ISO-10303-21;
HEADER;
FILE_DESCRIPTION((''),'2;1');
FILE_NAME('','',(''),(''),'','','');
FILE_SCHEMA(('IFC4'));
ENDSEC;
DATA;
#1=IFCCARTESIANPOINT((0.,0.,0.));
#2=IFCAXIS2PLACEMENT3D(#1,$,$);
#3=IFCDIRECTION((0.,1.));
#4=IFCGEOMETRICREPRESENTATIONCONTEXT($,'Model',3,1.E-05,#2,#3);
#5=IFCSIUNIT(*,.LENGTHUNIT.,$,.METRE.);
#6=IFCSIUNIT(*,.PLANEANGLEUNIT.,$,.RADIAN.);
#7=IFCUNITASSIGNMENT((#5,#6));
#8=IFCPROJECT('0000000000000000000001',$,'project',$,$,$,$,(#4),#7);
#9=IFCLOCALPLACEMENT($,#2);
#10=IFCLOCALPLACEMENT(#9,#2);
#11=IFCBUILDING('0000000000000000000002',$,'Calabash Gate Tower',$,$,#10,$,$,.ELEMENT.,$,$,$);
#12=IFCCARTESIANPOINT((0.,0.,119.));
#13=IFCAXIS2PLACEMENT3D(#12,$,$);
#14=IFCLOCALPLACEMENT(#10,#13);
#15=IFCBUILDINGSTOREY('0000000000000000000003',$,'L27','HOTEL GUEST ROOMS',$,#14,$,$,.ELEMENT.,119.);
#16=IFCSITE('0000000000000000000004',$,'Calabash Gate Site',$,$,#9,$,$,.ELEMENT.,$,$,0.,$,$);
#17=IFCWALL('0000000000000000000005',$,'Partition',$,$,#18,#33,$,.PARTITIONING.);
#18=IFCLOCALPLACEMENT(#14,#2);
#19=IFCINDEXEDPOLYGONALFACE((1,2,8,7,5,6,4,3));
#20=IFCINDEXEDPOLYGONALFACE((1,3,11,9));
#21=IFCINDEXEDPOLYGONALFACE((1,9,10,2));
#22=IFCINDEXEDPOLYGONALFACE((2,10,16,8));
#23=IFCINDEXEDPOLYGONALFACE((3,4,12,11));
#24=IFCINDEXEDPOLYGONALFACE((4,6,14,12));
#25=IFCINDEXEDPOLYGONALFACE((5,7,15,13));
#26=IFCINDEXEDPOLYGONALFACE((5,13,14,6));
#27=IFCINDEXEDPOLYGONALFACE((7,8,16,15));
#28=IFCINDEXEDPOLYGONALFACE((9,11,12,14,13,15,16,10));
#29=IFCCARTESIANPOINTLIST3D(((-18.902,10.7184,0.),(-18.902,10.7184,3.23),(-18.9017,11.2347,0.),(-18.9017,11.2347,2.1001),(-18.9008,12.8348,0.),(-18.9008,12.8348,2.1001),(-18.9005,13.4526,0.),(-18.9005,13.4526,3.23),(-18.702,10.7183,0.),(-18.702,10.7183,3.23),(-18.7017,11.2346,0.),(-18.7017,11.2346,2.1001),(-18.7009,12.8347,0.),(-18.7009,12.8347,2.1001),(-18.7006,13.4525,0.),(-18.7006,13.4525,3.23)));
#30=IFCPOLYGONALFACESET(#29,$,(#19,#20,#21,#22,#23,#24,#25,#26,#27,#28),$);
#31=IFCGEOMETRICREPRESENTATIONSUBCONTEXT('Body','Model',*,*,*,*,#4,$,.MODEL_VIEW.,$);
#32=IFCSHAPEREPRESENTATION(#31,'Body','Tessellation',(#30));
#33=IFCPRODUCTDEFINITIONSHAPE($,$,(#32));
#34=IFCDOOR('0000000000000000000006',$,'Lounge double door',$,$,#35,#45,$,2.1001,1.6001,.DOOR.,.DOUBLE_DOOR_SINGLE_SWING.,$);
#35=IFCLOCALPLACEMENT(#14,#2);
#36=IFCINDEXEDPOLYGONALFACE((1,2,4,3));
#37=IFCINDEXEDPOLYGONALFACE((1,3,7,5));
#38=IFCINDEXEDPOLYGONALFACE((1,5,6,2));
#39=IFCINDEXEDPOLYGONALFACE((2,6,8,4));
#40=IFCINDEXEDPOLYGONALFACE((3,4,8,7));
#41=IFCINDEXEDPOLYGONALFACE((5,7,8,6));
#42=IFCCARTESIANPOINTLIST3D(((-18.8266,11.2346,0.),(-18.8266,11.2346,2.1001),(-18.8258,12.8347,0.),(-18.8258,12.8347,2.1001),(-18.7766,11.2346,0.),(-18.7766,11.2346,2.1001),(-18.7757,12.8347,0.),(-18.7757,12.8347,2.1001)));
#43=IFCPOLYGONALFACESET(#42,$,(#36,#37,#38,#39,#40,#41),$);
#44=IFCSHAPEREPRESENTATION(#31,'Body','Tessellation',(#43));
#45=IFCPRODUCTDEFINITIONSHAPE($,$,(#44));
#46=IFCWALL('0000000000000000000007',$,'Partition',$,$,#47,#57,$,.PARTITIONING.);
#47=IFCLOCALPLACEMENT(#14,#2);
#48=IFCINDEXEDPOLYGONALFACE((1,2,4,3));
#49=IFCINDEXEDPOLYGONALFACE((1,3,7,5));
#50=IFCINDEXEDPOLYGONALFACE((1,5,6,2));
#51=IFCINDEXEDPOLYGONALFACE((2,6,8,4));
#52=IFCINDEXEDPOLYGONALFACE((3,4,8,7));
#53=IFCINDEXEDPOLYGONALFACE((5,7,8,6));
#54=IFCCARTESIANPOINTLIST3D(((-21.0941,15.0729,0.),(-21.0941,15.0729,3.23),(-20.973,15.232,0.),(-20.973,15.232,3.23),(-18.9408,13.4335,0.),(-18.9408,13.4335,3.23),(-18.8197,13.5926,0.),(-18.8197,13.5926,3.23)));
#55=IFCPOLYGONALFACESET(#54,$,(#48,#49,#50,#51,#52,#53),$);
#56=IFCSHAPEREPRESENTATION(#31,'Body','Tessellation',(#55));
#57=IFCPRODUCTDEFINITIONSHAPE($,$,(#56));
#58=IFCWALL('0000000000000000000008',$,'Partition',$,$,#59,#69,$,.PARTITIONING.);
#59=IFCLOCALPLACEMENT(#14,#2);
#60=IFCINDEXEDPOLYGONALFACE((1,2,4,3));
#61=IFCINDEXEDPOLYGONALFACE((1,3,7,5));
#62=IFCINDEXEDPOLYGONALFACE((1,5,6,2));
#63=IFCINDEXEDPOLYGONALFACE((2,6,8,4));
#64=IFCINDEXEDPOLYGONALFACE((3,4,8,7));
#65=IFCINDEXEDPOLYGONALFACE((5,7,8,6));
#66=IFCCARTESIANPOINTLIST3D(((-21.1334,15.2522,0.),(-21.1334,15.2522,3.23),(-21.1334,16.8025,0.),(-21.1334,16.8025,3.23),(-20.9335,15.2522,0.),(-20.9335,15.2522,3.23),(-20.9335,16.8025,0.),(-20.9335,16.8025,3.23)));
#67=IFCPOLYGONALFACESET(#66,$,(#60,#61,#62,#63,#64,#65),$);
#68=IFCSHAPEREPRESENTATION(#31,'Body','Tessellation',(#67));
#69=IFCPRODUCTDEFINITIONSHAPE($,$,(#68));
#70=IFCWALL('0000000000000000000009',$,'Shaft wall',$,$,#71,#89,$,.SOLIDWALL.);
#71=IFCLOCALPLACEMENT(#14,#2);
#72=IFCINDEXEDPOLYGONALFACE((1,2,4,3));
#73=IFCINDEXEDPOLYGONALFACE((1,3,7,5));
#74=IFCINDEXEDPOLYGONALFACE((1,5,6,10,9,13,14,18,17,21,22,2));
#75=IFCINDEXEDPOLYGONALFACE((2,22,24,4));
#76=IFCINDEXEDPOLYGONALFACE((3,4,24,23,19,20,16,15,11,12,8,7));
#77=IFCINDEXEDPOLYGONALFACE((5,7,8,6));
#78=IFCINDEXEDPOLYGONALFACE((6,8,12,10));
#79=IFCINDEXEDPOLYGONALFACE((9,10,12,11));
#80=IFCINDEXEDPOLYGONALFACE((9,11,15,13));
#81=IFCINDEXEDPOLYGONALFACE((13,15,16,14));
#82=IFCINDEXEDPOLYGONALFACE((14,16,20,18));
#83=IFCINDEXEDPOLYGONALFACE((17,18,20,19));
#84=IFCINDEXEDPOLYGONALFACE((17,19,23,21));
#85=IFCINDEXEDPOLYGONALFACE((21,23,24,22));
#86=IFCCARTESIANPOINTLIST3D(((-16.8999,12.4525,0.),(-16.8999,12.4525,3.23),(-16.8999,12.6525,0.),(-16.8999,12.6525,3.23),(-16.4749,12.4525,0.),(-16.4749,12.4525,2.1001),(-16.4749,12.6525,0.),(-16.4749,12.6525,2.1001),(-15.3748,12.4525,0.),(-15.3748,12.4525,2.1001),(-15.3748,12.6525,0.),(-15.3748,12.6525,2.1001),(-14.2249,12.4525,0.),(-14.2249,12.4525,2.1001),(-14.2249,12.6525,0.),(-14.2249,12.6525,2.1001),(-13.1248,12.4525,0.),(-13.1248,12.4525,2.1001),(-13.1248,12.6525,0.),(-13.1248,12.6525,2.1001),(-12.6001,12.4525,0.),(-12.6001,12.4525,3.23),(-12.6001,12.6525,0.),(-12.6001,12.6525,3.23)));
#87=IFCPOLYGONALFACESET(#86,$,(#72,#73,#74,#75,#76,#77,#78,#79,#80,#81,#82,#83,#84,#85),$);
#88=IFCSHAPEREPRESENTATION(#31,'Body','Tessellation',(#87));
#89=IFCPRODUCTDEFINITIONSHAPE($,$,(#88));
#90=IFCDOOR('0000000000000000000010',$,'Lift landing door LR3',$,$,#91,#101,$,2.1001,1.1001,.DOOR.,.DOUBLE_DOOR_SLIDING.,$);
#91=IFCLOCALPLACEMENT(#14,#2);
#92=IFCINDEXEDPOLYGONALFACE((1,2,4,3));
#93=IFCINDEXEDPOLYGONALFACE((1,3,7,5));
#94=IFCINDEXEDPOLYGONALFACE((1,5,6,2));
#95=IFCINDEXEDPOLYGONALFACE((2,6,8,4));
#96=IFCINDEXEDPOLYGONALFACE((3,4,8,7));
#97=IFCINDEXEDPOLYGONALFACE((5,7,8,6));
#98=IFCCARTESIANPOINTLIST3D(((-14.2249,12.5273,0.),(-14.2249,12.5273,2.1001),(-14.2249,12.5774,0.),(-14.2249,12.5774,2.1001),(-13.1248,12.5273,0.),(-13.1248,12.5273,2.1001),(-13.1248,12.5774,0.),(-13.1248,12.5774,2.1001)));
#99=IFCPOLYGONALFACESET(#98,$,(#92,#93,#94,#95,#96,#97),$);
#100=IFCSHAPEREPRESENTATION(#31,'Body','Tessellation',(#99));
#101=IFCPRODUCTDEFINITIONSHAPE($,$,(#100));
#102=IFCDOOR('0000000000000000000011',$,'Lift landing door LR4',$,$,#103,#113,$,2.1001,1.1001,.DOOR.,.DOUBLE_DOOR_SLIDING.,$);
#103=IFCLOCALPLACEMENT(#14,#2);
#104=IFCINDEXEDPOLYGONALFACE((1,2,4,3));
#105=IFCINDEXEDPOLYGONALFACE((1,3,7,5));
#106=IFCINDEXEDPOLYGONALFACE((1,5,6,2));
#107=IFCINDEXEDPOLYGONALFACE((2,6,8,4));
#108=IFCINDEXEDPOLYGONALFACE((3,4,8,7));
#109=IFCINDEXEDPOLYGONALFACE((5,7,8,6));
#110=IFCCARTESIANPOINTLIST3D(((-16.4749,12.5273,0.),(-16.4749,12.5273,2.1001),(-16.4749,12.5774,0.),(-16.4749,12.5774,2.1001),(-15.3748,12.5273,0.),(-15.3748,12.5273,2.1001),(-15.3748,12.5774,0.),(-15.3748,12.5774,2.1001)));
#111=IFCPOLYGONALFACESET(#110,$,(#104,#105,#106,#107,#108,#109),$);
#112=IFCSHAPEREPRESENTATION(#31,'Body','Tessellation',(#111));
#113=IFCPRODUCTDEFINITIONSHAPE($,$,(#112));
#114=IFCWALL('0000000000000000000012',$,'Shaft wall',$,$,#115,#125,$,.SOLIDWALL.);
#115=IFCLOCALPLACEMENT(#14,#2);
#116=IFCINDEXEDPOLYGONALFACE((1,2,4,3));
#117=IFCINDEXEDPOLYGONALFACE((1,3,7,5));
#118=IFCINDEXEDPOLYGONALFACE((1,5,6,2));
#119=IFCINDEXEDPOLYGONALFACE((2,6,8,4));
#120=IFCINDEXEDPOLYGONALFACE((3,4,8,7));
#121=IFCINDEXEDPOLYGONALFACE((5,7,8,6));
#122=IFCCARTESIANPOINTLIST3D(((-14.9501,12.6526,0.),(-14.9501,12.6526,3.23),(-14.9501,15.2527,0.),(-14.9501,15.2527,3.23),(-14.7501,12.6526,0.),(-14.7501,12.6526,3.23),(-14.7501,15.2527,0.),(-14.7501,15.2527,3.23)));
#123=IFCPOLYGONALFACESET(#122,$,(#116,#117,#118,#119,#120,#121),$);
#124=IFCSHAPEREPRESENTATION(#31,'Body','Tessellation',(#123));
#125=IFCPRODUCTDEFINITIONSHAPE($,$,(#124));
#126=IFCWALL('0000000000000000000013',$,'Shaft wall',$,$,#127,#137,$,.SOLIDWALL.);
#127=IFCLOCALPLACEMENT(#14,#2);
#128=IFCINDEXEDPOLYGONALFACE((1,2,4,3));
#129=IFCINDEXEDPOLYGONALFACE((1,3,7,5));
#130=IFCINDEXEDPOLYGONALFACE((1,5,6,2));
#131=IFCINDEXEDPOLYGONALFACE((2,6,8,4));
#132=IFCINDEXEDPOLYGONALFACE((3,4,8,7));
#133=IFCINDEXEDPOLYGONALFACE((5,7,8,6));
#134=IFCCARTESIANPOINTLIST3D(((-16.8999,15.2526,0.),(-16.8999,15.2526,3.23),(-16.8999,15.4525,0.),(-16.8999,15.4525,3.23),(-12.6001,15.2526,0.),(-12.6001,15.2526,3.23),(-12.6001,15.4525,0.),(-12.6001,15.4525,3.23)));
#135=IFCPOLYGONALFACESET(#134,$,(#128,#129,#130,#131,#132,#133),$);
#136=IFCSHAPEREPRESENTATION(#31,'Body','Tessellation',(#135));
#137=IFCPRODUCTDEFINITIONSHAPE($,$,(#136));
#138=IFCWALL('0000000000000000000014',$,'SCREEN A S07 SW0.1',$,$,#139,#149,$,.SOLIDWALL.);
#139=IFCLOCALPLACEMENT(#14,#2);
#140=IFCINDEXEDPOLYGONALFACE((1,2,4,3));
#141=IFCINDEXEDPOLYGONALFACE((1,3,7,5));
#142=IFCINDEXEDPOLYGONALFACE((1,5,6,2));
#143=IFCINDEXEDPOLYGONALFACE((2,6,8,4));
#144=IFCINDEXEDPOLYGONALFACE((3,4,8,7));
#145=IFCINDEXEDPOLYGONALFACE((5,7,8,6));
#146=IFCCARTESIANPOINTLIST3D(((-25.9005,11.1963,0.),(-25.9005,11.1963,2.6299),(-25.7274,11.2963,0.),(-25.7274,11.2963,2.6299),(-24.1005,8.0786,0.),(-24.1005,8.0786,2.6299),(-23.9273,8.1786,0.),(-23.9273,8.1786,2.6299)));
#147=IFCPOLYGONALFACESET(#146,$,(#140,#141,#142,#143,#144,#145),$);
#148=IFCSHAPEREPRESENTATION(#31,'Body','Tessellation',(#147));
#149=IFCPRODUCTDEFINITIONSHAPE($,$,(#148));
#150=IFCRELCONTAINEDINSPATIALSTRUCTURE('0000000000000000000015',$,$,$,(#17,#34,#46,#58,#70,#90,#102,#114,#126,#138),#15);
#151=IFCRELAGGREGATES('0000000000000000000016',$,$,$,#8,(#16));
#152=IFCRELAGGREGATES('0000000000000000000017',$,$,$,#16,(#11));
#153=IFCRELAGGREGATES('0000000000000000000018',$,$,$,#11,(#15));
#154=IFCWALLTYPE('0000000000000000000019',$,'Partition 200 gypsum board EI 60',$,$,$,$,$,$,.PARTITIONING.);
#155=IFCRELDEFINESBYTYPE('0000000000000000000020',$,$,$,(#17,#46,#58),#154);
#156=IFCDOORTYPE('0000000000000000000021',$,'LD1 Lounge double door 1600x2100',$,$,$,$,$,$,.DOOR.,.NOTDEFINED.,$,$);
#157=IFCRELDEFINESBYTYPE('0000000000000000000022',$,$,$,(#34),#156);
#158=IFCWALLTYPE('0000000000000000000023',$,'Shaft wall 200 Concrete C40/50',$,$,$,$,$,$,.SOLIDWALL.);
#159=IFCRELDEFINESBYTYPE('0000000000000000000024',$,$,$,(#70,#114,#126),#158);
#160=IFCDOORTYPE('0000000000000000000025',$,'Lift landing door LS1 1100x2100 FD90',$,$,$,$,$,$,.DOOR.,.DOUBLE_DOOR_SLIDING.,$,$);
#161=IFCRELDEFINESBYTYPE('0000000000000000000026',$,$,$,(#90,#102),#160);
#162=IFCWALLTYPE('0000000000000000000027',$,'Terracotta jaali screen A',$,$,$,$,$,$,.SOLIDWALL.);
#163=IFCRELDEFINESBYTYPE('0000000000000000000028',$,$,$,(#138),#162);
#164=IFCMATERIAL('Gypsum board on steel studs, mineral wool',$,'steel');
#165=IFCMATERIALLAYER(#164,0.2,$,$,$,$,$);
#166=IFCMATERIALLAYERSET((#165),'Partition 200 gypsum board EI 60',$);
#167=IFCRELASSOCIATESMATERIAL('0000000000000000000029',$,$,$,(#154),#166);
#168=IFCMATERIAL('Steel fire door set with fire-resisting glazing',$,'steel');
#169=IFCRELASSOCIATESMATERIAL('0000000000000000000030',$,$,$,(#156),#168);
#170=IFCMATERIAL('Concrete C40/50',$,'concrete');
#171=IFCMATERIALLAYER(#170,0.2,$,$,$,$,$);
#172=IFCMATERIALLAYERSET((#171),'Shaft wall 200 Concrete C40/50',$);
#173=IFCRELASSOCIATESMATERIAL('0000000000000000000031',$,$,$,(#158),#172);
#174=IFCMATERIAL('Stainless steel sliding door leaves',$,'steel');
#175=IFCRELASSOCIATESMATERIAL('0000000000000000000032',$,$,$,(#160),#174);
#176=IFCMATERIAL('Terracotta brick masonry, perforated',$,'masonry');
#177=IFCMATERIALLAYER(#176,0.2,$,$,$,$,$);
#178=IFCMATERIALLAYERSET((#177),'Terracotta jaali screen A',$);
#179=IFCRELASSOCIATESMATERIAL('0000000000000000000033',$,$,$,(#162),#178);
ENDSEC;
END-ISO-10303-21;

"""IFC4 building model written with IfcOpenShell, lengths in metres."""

from ifc_helpers import new_model, si_unit, direction, frame, frame_2d, origin, place, context, subcontext, project, spatial, rectangle, extrude, material, layer, layer_set, type_object, element, fill, save


model = new_model("IFC4")

# Units and contexts
model_context = context("Model", 3, precision=1e-05, world=origin(), true_north=direction((0.0, 1.0)))
body_context = subcontext(model_context, "Body", "Model", "MODEL_VIEW")
ifc_project = project(units=[si_unit("LENGTHUNIT", "METRE"), si_unit("PLANEANGLEUNIT", "RADIAN")], contexts=[model_context])

# Site, building, storey
site_placement = place(None, origin())
site = spatial("IfcSite", under=ifc_project, at=site_placement, Name="Calabash Gate Site", CompositionType="ELEMENT", RefElevation=0.0)
building_placement = place(site_placement, origin())
building = spatial("IfcBuilding", under=site, at=building_placement, Name="Calabash Gate Tower", CompositionType="ELEMENT")
storey_placement = place(building_placement, frame((0.0, 0.0, 119.0)))
storey = spatial("IfcBuildingStorey", under=building, at=storey_placement, Name="L27", Description="HOTEL GUEST ROOMS", CompositionType="ELEMENT", Elevation=119.0)

# Shared definitions
ifc_material_1 = material(Name="Gypsum board on steel studs, mineral wool", Category="steel")
ifc_layer_1 = layer(ifc_material_1, 0.2)
ifc_layer_set_1 = layer_set([ifc_layer_1], Name="Partition 200 gypsum board EI 60")
wall_type_1 = type_object("IfcWallType", Name="Partition 200 gypsum board EI 60", PredefinedType="PARTITIONING", material=ifc_layer_set_1)

# Wall, opening, door
wall_1_placement = place(storey_placement, frame((-18.802, 10.7183, 0.0), z_axis=(0.0, 0.0, 1.0), x_axis=(0.000536, 1.0, 0.0)))
wall_1 = element("IfcWall", 1, at=wall_1_placement, inside=storey, type_object=wall_type_1, Name="Partition", PredefinedType="PARTITIONING", context=body_context, shape_type="SweptSolid", body=[
    extrude(rectangle(XDim=2.7341, YDim=0.2, at=frame_2d((1.3672, 0.0))), origin(), (0.0, 0.0, 1.0), 3.23),
])
opening_1_placement = place(wall_1_placement, frame((0.5164, 0.0, 0.0)))
opening_1 = element("IfcOpeningElement", 2, at=opening_1_placement, cuts=wall_1, PredefinedType="OPENING", context=body_context, shape_type="SweptSolid", body=[
    extrude(rectangle(XDim=1.6001, YDim=2.1001, at=frame_2d((0.8, 1.05))), frame((0.0, 0.1099, 0.0), z_axis=(0.0, -1.0, 0.0), x_axis=(1.0, 0.0, 0.0)), (0.0, 0.0, 1.0), 0.22),
])
ifc_material_2 = material(Name="Steel fire door set with fire-resisting glazing", Category="steel")
door_type_1 = type_object("IfcDoorType", Name="LD1 Lounge double door 1600x2100", OperationType="NOTDEFINED", PredefinedType="DOOR", material=ifc_material_2)
door_1_placement = place(opening_1_placement, origin())
door_1 = element("IfcDoor", 3, at=door_1_placement, inside=storey, type_object=door_type_1, Name="Lounge double door", OperationType="DOUBLE_DOOR_SINGLE_SWING", OverallHeight=2.1001, OverallWidth=1.6001, PredefinedType="DOOR", context=body_context, shape_type="SweptSolid", body=[
    extrude(rectangle(XDim=1.6001, YDim=2.1001, at=frame_2d((0.8, 1.05))), frame((0.0, 0.0249, 0.0), z_axis=(0.0, -1.0, 0.0), x_axis=(1.0, 0.0, 0.0)), (0.0, 0.0, 1.0), 0.05),
])
fill(opening_1, door_1)

# Walls
wall_2_placement = place(storey_placement, frame((-21.0334, 15.1523, 0.0), z_axis=(0.0, 0.0, 1.0), x_axis=(0.795649, -0.605758, 0.0)))
element("IfcWall", 4, at=wall_2_placement, inside=storey, type_object=wall_type_1, Name="Partition", PredefinedType="PARTITIONING", context=body_context, shape_type="SweptSolid", body=[
    extrude(rectangle(XDim=2.7063, YDim=0.2, at=frame_2d((1.353, 0.0))), origin(), (0.0, 0.0, 1.0), 3.23),
])
wall_3_placement = place(storey_placement, frame((-21.0334, 16.8025, 0.0), z_axis=(0.0, 0.0, 1.0), x_axis=(0.0, -1.0, 0.0)))
element("IfcWall", 5, at=wall_3_placement, inside=storey, type_object=wall_type_1, Name="Partition", PredefinedType="PARTITIONING", context=body_context, shape_type="SweptSolid", body=[
    extrude(rectangle(XDim=1.5503, YDim=0.2, at=frame_2d((0.7751, 0.0))), origin(), (0.0, 0.0, 1.0), 3.23),
])

# Wall, openings, doors
ifc_material_3 = material(Name="Concrete C40/50", Category="concrete")
ifc_layer_2 = layer(ifc_material_3, 0.2)
ifc_layer_set_2 = layer_set([ifc_layer_2], Name="Shaft wall 200 Concrete C40/50")
wall_type_2 = type_object("IfcWallType", Name="Shaft wall 200 Concrete C40/50", PredefinedType="SOLIDWALL", material=ifc_layer_set_2)
wall_4_placement = place(storey_placement, frame((-16.8999, 12.5525, 0.0), z_axis=(0.0, 0.0, 1.0), x_axis=(1.0, 0.0, 0.0)))
wall_4 = element("IfcWall", 6, at=wall_4_placement, inside=storey, type_object=wall_type_2, Name="Shaft wall", PredefinedType="SOLIDWALL", context=body_context, shape_type="SweptSolid", body=[
    extrude(rectangle(XDim=4.2998, YDim=0.2, at=frame_2d((2.1499, 0.0))), origin(), (0.0, 0.0, 1.0), 3.23),
])
opening_2_placement = place(wall_4_placement, frame((2.675, 0.0, 0.0)))
opening_2 = element("IfcOpeningElement", 7, at=opening_2_placement, cuts=wall_4, PredefinedType="OPENING", context=body_context, shape_type="SweptSolid", body=[
    extrude(rectangle(XDim=1.1001, YDim=2.1001, at=frame_2d((0.55, 1.05))), frame((0.0, 0.1099, 0.0), z_axis=(0.0, -1.0, 0.0), x_axis=(1.0, 0.0, 0.0)), (0.0, 0.0, 1.0), 0.22),
])
opening_3_placement = place(wall_4_placement, frame((0.425, 0.0, 0.0)))
opening_3 = element("IfcOpeningElement", 8, at=opening_3_placement, cuts=wall_4, PredefinedType="OPENING", context=body_context, shape_type="SweptSolid", body=[
    extrude(rectangle(XDim=1.1001, YDim=2.1001, at=frame_2d((0.55, 1.05))), frame((0.0, 0.1099, 0.0), z_axis=(0.0, -1.0, 0.0), x_axis=(1.0, 0.0, 0.0)), (0.0, 0.0, 1.0), 0.22),
])
ifc_material_4 = material(Name="Stainless steel sliding door leaves", Category="steel")
door_type_2 = type_object("IfcDoorType", Name="Lift landing door LS1 1100x2100 FD90", OperationType="DOUBLE_DOOR_SLIDING", PredefinedType="DOOR", material=ifc_material_4)
door_2_placement = place(opening_2_placement, origin())
door_2 = element("IfcDoor", 9, at=door_2_placement, inside=storey, type_object=door_type_2, Name="Lift landing door LR3", OperationType="DOUBLE_DOOR_SLIDING", OverallHeight=2.1001, OverallWidth=1.1001, PredefinedType="DOOR", context=body_context, shape_type="SweptSolid", body=[
    extrude(rectangle(XDim=1.1001, YDim=2.1001, at=frame_2d((0.55, 1.05))), frame((0.0, 0.0249, 0.0), z_axis=(0.0, -1.0, 0.0), x_axis=(1.0, 0.0, 0.0)), (0.0, 0.0, 1.0), 0.05),
])
fill(opening_2, door_2)
door_3_placement = place(opening_3_placement, origin())
door_3 = element("IfcDoor", 10, at=door_3_placement, inside=storey, type_object=door_type_2, Name="Lift landing door LR4", OperationType="DOUBLE_DOOR_SLIDING", OverallHeight=2.1001, OverallWidth=1.1001, PredefinedType="DOOR", context=body_context, shape_type="SweptSolid", body=[
    extrude(rectangle(XDim=1.1001, YDim=2.1001, at=frame_2d((0.55, 1.05))), frame((0.0, 0.0249, 0.0), z_axis=(0.0, -1.0, 0.0), x_axis=(1.0, 0.0, 0.0)), (0.0, 0.0, 1.0), 0.05),
])
fill(opening_3, door_3)

# Walls
wall_5_placement = place(storey_placement, frame((-14.8501, 12.6526, 0.0), z_axis=(0.0, 0.0, 1.0), x_axis=(0.0, 1.0, 0.0)))
element("IfcWall", 11, at=wall_5_placement, inside=storey, type_object=wall_type_2, Name="Shaft wall", PredefinedType="SOLIDWALL", context=body_context, shape_type="SweptSolid", body=[
    extrude(rectangle(XDim=2.6001, YDim=0.2, at=frame_2d((1.3, 0.0))), origin(), (0.0, 0.0, 1.0), 3.23),
])
wall_6_placement = place(storey_placement, frame((-16.8999, 15.3525, 0.0), z_axis=(0.0, 0.0, 1.0), x_axis=(1.0, 0.0, 0.0)))
element("IfcWall", 12, at=wall_6_placement, inside=storey, type_object=wall_type_2, Name="Shaft wall", PredefinedType="SOLIDWALL", context=body_context, shape_type="SweptSolid", body=[
    extrude(rectangle(XDim=4.2998, YDim=0.2, at=frame_2d((2.1499, 0.0))), origin(), (0.0, 0.0, 1.0), 3.23),
])
ifc_material_5 = material(Name="Terracotta brick masonry, perforated", Category="masonry")
ifc_layer_3 = layer(ifc_material_5, 0.2)
ifc_layer_set_3 = layer_set([ifc_layer_3], Name="Terracotta jaali screen A")
wall_type_3 = type_object("IfcWallType", Name="Terracotta jaali screen A", PredefinedType="SOLIDWALL", material=ifc_layer_set_3)
wall_7_placement = place(storey_placement, frame((-25.814, 11.2463, 0.0), z_axis=(0.0, 0.0, 1.0), x_axis=(0.500012, -0.866018, 0.0)))
element("IfcWall", 13, at=wall_7_placement, inside=storey, type_object=wall_type_3, Name="SCREEN A S07 SW0.1", PredefinedType="SOLIDWALL", context=body_context, shape_type="SweptSolid", body=[
    extrude(rectangle(XDim=3.6001, YDim=0.2, at=frame_2d((1.8, 0.0))), origin(), (0.0, 0.0, 1.0), 2.6299),
])

save(model, "model.ifc")
